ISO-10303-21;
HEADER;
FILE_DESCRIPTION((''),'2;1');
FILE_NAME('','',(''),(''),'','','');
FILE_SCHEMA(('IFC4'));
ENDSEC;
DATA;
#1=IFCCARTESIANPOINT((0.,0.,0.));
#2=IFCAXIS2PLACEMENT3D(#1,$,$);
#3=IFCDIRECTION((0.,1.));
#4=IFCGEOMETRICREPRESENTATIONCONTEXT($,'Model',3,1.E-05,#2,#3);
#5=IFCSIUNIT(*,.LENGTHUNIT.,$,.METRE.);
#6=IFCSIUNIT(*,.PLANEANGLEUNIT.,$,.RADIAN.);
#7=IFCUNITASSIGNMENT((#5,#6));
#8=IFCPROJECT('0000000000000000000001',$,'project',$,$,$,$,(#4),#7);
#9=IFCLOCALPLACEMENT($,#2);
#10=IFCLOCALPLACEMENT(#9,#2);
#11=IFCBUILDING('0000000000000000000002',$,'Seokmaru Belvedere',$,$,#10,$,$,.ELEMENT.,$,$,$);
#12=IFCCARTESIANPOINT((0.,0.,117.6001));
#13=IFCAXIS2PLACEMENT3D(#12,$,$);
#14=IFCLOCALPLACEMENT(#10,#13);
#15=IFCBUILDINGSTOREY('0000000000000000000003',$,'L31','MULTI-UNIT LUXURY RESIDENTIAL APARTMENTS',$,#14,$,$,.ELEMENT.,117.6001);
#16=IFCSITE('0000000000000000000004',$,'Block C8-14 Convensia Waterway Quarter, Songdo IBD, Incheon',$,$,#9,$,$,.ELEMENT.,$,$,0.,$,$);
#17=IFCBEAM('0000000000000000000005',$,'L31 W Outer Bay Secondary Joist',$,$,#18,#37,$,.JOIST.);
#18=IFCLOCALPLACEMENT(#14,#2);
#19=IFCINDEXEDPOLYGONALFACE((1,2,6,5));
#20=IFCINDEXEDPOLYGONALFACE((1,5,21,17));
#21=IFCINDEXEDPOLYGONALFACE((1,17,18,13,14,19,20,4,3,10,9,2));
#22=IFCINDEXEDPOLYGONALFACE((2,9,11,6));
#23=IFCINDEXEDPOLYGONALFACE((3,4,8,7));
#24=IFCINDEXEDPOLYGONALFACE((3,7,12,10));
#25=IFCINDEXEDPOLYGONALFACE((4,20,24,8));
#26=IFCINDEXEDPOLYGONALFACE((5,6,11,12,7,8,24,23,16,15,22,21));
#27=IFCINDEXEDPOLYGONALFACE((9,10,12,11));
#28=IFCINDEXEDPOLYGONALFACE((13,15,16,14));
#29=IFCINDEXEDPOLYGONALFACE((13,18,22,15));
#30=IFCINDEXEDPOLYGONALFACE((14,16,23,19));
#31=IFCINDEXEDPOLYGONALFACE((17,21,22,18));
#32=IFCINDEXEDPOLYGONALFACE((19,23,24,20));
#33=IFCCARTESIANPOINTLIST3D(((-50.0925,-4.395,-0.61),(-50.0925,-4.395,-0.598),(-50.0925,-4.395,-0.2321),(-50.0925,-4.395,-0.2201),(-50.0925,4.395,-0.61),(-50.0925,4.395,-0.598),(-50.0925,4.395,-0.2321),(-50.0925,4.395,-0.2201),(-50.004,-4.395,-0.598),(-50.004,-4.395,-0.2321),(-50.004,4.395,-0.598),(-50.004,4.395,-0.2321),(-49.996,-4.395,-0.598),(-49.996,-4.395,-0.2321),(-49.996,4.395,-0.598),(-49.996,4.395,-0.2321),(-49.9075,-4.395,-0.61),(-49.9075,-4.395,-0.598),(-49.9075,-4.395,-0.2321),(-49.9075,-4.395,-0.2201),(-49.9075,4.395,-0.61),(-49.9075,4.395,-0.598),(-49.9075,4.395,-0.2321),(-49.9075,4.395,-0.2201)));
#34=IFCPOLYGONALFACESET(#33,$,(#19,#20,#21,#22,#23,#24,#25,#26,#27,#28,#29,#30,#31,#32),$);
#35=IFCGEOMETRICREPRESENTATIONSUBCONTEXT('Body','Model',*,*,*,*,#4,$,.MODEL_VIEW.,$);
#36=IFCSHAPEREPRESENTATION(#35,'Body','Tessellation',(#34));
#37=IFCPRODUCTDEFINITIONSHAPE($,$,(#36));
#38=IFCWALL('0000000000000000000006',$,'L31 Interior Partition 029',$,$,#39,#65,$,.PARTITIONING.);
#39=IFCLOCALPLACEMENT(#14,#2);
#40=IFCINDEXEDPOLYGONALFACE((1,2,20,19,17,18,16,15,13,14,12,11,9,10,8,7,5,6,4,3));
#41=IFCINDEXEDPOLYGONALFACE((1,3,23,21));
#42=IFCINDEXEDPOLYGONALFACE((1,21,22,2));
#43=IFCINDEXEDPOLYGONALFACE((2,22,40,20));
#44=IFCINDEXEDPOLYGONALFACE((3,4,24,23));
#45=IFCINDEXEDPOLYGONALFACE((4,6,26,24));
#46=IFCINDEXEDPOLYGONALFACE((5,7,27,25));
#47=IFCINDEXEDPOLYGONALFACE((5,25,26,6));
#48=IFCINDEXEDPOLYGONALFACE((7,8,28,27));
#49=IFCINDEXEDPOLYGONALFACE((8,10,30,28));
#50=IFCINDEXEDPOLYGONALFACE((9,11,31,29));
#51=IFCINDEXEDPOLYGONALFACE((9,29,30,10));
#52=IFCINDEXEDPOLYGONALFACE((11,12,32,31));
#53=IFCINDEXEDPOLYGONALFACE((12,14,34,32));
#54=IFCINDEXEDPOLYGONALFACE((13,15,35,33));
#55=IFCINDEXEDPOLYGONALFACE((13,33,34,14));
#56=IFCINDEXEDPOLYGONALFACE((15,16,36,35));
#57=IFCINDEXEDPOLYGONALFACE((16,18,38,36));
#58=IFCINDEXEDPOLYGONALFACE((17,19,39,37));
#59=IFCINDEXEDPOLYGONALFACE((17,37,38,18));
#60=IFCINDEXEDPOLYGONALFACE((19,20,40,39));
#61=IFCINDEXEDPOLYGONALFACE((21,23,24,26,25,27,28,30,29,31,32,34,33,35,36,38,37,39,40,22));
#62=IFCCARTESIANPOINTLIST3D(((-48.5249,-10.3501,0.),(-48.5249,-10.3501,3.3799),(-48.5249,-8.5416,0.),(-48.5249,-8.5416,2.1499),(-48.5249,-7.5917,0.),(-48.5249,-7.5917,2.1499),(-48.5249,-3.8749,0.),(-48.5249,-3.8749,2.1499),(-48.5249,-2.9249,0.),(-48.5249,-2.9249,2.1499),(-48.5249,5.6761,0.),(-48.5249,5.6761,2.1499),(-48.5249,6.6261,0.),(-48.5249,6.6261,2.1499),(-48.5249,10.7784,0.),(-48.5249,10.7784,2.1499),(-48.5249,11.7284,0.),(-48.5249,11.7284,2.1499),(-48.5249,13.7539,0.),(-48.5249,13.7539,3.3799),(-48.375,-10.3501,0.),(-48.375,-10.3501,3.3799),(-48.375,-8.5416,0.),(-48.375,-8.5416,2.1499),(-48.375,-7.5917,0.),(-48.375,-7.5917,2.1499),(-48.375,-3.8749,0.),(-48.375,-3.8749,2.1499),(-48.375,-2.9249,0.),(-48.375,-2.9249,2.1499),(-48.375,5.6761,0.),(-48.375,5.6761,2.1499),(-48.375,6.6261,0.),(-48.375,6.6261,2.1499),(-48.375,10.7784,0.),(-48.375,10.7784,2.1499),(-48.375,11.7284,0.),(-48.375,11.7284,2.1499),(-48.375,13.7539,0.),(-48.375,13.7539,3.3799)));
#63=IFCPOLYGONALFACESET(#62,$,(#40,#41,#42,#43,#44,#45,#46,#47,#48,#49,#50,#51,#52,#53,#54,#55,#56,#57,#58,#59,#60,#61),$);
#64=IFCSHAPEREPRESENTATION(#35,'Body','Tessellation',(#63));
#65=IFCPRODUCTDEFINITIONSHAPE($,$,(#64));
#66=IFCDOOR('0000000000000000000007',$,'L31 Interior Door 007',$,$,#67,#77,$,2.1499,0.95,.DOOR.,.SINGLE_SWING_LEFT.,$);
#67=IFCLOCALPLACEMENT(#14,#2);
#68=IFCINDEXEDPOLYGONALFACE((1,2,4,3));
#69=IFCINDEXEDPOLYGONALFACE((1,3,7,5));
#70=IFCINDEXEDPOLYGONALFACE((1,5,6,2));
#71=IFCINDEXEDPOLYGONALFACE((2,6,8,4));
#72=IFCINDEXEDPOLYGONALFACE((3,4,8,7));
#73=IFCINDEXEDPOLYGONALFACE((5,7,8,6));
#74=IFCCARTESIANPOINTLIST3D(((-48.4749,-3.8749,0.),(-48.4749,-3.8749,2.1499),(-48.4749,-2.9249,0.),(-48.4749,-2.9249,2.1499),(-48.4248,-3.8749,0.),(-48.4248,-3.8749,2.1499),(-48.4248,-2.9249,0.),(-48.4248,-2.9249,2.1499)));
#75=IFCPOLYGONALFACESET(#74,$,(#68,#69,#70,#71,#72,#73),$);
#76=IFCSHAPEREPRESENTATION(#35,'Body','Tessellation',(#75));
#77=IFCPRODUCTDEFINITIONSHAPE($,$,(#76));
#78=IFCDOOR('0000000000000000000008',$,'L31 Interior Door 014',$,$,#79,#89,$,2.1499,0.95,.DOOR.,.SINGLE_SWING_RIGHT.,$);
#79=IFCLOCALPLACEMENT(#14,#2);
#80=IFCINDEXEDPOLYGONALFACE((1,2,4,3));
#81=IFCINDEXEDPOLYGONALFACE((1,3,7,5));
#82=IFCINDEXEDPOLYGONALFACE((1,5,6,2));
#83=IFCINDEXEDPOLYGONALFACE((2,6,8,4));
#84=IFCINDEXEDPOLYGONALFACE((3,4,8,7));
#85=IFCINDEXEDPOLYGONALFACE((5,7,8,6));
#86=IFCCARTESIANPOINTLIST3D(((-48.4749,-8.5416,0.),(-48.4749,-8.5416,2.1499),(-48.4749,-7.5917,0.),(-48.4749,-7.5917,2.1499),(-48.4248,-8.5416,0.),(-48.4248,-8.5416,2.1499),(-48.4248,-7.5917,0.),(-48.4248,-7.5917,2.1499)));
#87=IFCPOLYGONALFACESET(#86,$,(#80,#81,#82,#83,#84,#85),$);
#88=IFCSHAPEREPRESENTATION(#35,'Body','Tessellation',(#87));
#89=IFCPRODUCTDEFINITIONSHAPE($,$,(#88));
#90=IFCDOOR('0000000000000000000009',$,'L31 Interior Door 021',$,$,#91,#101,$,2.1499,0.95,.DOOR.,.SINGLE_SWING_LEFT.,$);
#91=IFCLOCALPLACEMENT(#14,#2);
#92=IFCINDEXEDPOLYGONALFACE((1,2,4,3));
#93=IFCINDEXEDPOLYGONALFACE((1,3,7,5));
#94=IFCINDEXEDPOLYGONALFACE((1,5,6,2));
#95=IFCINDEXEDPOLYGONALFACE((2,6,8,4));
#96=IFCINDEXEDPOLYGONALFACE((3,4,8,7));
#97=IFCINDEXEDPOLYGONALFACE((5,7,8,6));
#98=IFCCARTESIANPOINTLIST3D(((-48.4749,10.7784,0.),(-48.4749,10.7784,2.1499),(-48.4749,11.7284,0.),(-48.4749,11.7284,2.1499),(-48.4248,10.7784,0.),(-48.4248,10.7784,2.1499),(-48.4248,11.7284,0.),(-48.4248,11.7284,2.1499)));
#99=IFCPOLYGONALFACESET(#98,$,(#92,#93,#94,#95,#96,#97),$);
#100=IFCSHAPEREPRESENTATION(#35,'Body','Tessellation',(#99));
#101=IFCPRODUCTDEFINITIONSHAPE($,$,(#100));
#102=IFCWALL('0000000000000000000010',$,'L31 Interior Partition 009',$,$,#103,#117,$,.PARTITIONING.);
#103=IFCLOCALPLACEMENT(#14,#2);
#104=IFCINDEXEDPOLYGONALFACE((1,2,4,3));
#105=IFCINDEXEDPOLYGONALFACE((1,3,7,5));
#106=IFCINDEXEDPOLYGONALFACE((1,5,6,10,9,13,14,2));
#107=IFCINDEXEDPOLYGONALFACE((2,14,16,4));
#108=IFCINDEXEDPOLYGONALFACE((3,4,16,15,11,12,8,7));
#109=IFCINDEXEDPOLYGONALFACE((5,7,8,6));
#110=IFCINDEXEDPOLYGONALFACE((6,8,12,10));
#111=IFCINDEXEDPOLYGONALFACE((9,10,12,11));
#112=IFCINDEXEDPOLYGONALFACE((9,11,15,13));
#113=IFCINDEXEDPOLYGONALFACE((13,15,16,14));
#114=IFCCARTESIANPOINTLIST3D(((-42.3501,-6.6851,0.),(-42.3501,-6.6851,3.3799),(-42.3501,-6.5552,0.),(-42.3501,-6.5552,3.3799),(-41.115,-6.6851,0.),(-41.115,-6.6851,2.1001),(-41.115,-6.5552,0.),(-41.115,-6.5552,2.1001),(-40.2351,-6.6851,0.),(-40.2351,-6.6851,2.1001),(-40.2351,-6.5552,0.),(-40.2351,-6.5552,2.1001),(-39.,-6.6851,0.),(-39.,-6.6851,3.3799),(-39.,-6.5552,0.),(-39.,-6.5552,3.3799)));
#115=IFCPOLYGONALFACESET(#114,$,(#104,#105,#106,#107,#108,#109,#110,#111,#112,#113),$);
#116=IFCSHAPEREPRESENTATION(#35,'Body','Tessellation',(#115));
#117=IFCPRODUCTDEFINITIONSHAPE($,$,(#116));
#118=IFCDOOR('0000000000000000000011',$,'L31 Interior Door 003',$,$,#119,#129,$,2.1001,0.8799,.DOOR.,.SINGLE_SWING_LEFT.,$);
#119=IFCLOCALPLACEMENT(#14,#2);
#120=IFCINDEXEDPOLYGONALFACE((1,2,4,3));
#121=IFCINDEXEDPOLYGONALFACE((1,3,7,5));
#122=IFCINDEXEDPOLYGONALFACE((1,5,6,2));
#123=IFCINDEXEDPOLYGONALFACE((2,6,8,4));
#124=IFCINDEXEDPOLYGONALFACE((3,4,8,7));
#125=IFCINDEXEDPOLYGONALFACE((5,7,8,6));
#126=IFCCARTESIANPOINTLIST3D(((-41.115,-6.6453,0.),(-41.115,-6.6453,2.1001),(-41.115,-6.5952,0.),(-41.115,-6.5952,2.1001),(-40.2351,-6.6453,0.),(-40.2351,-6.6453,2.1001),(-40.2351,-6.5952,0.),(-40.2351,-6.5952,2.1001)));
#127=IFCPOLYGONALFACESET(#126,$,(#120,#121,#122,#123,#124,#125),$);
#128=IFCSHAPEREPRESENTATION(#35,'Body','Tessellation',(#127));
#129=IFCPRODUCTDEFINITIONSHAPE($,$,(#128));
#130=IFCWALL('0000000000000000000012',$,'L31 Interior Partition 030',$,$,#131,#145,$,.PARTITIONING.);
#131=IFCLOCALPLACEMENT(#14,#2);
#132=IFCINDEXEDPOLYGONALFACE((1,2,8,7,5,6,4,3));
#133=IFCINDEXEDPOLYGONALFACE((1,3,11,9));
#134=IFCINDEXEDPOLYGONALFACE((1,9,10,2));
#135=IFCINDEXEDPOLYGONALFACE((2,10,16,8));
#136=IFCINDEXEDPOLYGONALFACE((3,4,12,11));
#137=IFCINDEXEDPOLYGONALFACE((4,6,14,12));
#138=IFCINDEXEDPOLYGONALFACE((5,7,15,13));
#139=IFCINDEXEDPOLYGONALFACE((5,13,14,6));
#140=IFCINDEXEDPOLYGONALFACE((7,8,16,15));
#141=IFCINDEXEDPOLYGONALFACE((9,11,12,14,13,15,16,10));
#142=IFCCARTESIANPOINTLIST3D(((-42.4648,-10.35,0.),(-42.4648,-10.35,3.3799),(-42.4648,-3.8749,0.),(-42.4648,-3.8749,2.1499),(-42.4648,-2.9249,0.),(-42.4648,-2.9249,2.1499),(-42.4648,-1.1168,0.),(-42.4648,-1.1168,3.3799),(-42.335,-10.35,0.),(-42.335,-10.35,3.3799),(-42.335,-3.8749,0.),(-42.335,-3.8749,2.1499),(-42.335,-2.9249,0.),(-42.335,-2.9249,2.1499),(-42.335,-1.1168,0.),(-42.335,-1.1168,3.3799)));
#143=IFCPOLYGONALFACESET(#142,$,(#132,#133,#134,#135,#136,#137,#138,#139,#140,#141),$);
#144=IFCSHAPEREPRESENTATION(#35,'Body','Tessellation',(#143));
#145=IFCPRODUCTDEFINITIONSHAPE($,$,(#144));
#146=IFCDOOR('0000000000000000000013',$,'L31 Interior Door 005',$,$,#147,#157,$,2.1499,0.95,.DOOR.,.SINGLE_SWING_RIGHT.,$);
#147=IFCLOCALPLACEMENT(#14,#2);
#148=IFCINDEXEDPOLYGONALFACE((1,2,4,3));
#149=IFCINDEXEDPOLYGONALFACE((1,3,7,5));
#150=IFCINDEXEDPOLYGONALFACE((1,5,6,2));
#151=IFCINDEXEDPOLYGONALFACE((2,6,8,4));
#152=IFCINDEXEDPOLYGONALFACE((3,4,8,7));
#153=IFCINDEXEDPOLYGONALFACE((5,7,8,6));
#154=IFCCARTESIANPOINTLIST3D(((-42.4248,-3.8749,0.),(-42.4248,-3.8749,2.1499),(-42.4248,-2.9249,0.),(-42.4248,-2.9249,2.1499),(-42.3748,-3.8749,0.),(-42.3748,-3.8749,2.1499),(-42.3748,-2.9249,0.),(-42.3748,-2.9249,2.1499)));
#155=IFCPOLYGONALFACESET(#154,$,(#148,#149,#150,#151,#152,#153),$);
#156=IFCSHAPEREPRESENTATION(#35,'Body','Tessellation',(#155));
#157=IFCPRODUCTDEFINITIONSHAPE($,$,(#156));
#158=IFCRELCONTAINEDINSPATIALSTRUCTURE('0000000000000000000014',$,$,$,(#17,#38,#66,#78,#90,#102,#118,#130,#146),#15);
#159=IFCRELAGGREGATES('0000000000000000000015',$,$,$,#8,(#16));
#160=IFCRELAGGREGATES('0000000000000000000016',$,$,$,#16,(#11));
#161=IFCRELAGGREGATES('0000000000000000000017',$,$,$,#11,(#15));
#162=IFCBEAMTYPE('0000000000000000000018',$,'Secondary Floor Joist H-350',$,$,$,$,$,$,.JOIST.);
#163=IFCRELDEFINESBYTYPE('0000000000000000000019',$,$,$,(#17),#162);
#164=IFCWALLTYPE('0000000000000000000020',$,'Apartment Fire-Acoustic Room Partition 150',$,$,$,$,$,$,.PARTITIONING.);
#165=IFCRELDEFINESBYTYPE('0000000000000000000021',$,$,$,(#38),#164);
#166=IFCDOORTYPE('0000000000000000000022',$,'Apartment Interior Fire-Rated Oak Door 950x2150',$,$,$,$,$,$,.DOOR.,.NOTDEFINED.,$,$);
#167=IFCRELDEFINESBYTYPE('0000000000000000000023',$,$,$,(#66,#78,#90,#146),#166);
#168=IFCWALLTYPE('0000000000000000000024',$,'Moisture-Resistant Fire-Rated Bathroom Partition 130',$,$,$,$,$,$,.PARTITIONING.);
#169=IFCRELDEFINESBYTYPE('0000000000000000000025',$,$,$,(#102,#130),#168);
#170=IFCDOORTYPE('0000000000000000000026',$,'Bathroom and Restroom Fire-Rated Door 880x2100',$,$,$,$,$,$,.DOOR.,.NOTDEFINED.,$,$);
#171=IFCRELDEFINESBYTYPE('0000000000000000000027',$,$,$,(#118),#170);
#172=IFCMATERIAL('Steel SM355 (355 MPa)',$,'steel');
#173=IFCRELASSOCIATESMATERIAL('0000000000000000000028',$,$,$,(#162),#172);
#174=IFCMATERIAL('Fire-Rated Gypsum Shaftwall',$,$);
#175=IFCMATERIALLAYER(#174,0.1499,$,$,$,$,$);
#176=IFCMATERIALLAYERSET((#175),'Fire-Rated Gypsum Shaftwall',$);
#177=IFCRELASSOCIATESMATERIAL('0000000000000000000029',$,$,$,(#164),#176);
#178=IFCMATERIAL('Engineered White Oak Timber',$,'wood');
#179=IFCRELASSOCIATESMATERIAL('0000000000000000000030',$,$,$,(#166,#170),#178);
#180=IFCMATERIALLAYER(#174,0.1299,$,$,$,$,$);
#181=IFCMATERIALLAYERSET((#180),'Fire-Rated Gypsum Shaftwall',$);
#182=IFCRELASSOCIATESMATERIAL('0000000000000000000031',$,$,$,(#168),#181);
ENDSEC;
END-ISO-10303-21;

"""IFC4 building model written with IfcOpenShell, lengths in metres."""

from ifc_helpers import new_model, si_unit, direction, frame, frame_2d, origin, origin_2d, place, context, subcontext, project, spatial, rectangle, i_section, extrude, source, transform, mapped, material, layer, layer_set, material_profile, profile_set, type_object, type_shapes, element, fill, save


model = new_model("IFC4")

# Units and contexts
model_context = context("Model", 3, precision=1e-05, world=origin(), true_north=direction((0.0, 1.0)))
body_context = subcontext(model_context, "Body", "Model", "MODEL_VIEW")
ifc_project = project(units=[si_unit("LENGTHUNIT", "METRE"), si_unit("PLANEANGLEUNIT", "RADIAN")], contexts=[model_context])

# Site, building, storey
site_placement = place(None, origin())
site = spatial("IfcSite", under=ifc_project, at=site_placement, Name="Block C8-14 Convensia Waterway Quarter, Songdo IBD, Incheon", CompositionType="ELEMENT", RefElevation=0.0)
building_placement = place(site_placement, origin())
building = spatial("IfcBuilding", under=site, at=building_placement, Name="Seokmaru Belvedere", CompositionType="ELEMENT")
storey_placement = place(building_placement, frame((0.0, 0.0, 117.6001)))
storey = spatial("IfcBuildingStorey", under=building, at=storey_placement, Name="L31", Description="MULTI-UNIT LUXURY RESIDENTIAL APARTMENTS", CompositionType="ELEMENT", Elevation=117.6001)

# Shared definitions
ifc_material_1 = material(Name="Steel SM355 (355 MPa)", Category="steel")

# Beam
ifc_material_profile_1 = material_profile(ifc_material_1, i_section(OverallWidth=0.1851, OverallDepth=0.3899, WebThickness=0.0081, FlangeThickness=0.012, at=origin_2d()), Name="H-390x185x8x12")
ifc_profile_set_1 = profile_set([ifc_material_profile_1], Name="Steel SM355 (355 MPa)")
beam_type_1 = type_object("IfcBeamType", Name="Secondary Floor Joist H-350", PredefinedType="JOIST", material=ifc_profile_set_1)
shared_shape_1 = source(origin(), body_context, "Body", "SweptSolid", [
    extrude(i_section(OverallWidth=0.1851, OverallDepth=0.3899, WebThickness=0.0081, FlangeThickness=0.012, at=origin_2d()), origin(), (0.0, 0.0, 1.0), 8.79),
])
type_shapes(beam_type_1, [shared_shape_1])
for number, where, z_axis, x_axis, name in (
    (1, (-50.0, -4.395, -0.415), (0.0, 1.0, 0.0), (-1.0, 0.0, 0.0), "L31 W Outer Bay Secondary Joist"),
):
    element("IfcBeam", number, at=place(storey_placement, frame(where, z_axis=z_axis, x_axis=x_axis)), inside=storey, type_object=beam_type_1, Name=name, PredefinedType="JOIST", context=body_context, shape_type="MappedRepresentation", body=[
        mapped(shared_shape_1, transform((0.0, 0.0, 0.0), scale=1.0)),
    ])

# Wall, openings, doors
ifc_material_2 = material(Name="Fire-Rated Gypsum Shaftwall")
ifc_layer_1 = layer(ifc_material_2, 0.1499)
ifc_layer_set_1 = layer_set([ifc_layer_1], Name="Fire-Rated Gypsum Shaftwall")
wall_type_1 = type_object("IfcWallType", Name="Apartment Fire-Acoustic Room Partition 150", PredefinedType="PARTITIONING", material=ifc_layer_set_1)
wall_1_placement = place(storey_placement, frame((-48.45, -10.3501, 0.0), z_axis=(0.0, 0.0, 1.0), x_axis=(0.0, 1.0, 0.0)))
wall_1 = element("IfcWall", 2, at=wall_1_placement, inside=storey, type_object=wall_type_1, Name="L31 Interior Partition 029", PredefinedType="PARTITIONING", context=body_context, shape_type="SweptSolid", body=[
    extrude(rectangle(XDim=24.104, YDim=0.1499, at=frame_2d((12.052, 0.0))), origin(), (0.0, 0.0, 1.0), 3.3799),
])
opening_1_placement = place(wall_1_placement, frame((6.4751, 0.0, 0.0)))
opening_1 = element("IfcOpeningElement", 3, at=opening_1_placement, cuts=wall_1, PredefinedType="OPENING", context=body_context, shape_type="SweptSolid", body=[
    extrude(rectangle(XDim=0.95, YDim=2.1499, at=frame_2d((0.4751, 1.075))), frame((0.0, 0.085, 0.0), z_axis=(0.0, -1.0, 0.0), x_axis=(1.0, 0.0, 0.0)), (0.0, 0.0, 1.0), 0.1699),
])
opening_2_placement = place(wall_1_placement, frame((1.8083, 0.0, 0.0)))
opening_2 = element("IfcOpeningElement", 4, at=opening_2_placement, cuts=wall_1, PredefinedType="OPENING", context=body_context, shape_type="SweptSolid", body=[
    extrude(rectangle(XDim=0.95, YDim=2.1499, at=frame_2d((0.4751, 1.075))), frame((0.0, 0.085, 0.0), z_axis=(0.0, -1.0, 0.0), x_axis=(1.0, 0.0, 0.0)), (0.0, 0.0, 1.0), 0.1699),
])
opening_3_placement = place(wall_1_placement, frame((21.1284, 0.0, 0.0)))
opening_3 = element("IfcOpeningElement", 5, at=opening_3_placement, cuts=wall_1, PredefinedType="OPENING", context=body_context, shape_type="SweptSolid", body=[
    extrude(rectangle(XDim=0.95, YDim=2.1499, at=frame_2d((0.4751, 1.075))), frame((0.0, 0.085, 0.0), z_axis=(0.0, -1.0, 0.0), x_axis=(1.0, 0.0, 0.0)), (0.0, 0.0, 1.0), 0.1699),
])
opening_4_placement = place(wall_1_placement, frame((16.0261, 0.0, 0.0)))
element("IfcOpeningElement", 6, at=opening_4_placement, cuts=wall_1, PredefinedType="OPENING", context=body_context, shape_type="SweptSolid", body=[
    extrude(rectangle(XDim=0.95, YDim=2.1499, at=frame_2d((0.4751, 1.075))), frame((0.0, 0.085, 0.0), z_axis=(0.0, -1.0, 0.0), x_axis=(1.0, 0.0, 0.0)), (0.0, 0.0, 1.0), 0.1699),
])
ifc_material_3 = material(Name="Engineered White Oak Timber", Category="wood")
door_type_1 = type_object("IfcDoorType", Name="Apartment Interior Fire-Rated Oak Door 950x2150", OperationType="NOTDEFINED", PredefinedType="DOOR", material=ifc_material_3)
shared_shape_2 = source(origin(), body_context, "Body", "SweptSolid", [
    extrude(rectangle(XDim=0.95, YDim=2.1499, at=frame_2d((0.4751, 1.075))), frame((0.0, 0.0249, 0.0), z_axis=(0.0, -1.0, 0.0), x_axis=(1.0, 0.0, 0.0)), (0.0, 0.0, 1.0), 0.05),
])
type_shapes(door_type_1, [shared_shape_2])
door_1_placement = place(opening_1_placement, origin())
door_1 = element("IfcDoor", 7, at=door_1_placement, inside=storey, type_object=door_type_1, Name="L31 Interior Door 007", OperationType="SINGLE_SWING_LEFT", OverallHeight=2.1499, OverallWidth=0.95, PredefinedType="DOOR", context=body_context, shape_type="MappedRepresentation", body=[
    mapped(shared_shape_2, transform((0.0, 0.0, 0.0), scale=1.0)),
])
fill(opening_1, door_1)
door_2_placement = place(opening_2_placement, origin())
door_2 = element("IfcDoor", 8, at=door_2_placement, inside=storey, type_object=door_type_1, Name="L31 Interior Door 014", OperationType="SINGLE_SWING_RIGHT", OverallHeight=2.1499, OverallWidth=0.95, PredefinedType="DOOR", context=body_context, shape_type="MappedRepresentation", body=[
    mapped(shared_shape_2, transform((0.0, 0.0, 0.0), scale=1.0)),
])
fill(opening_2, door_2)
door_3_placement = place(opening_3_placement, origin())
door_3 = element("IfcDoor", 9, at=door_3_placement, inside=storey, type_object=door_type_1, Name="L31 Interior Door 021", OperationType="SINGLE_SWING_LEFT", OverallHeight=2.1499, OverallWidth=0.95, PredefinedType="DOOR", context=body_context, shape_type="MappedRepresentation", body=[
    mapped(shared_shape_2, transform((0.0, 0.0, 0.0), scale=1.0)),
])
fill(opening_3, door_3)

# Walls, openings, doors
ifc_layer_2 = layer(ifc_material_2, 0.1299)
ifc_layer_set_2 = layer_set([ifc_layer_2], Name="Fire-Rated Gypsum Shaftwall")
wall_type_2 = type_object("IfcWallType", Name="Moisture-Resistant Fire-Rated Bathroom Partition 130", PredefinedType="PARTITIONING", material=ifc_layer_set_2)
wall_2_placement = place(storey_placement, frame((-42.3501, -6.6201, 0.0), z_axis=(0.0, 0.0, 1.0), x_axis=(1.0, 0.0, 0.0)))
wall_2 = element("IfcWall", 10, at=wall_2_placement, inside=storey, type_object=wall_type_2, Name="L31 Interior Partition 009", PredefinedType="PARTITIONING", context=body_context, shape_type="SweptSolid", body=[
    extrude(rectangle(XDim=3.3501, YDim=0.1299, at=frame_2d((1.675, 0.0))), origin(), (0.0, 0.0, 1.0), 3.3799),
])
opening_5_placement = place(wall_2_placement, frame((1.2351, 0.0, 0.0)))
opening_5 = element("IfcOpeningElement", 11, at=opening_5_placement, cuts=wall_2, PredefinedType="OPENING", context=body_context, shape_type="SweptSolid", body=[
    extrude(rectangle(XDim=0.8799, YDim=2.1001, at=frame_2d((0.4399, 1.05))), frame((0.0, 0.075, 0.0), z_axis=(0.0, -1.0, 0.0), x_axis=(1.0, 0.0, 0.0)), (0.0, 0.0, 1.0), 0.1499),
])
door_type_2 = type_object("IfcDoorType", Name="Bathroom and Restroom Fire-Rated Door 880x2100", OperationType="NOTDEFINED", PredefinedType="DOOR", material=ifc_material_3)
shared_shape_3 = source(origin(), body_context, "Body", "SweptSolid", [
    extrude(rectangle(XDim=0.8799, YDim=2.1001, at=frame_2d((0.4399, 1.05))), frame((0.0, 0.0249, 0.0), z_axis=(0.0, -1.0, 0.0), x_axis=(1.0, 0.0, 0.0)), (0.0, 0.0, 1.0), 0.05),
])
type_shapes(door_type_2, [shared_shape_3])
door_4_placement = place(opening_5_placement, origin())
door_4 = element("IfcDoor", 12, at=door_4_placement, inside=storey, type_object=door_type_2, Name="L31 Interior Door 003", OperationType="SINGLE_SWING_LEFT", OverallHeight=2.1001, OverallWidth=0.8799, PredefinedType="DOOR", context=body_context, shape_type="MappedRepresentation", body=[
    mapped(shared_shape_3, transform((0.0, 0.0, 0.0), scale=1.0)),
])
fill(opening_5, door_4)
wall_3_placement = place(storey_placement, frame((-42.3999, -10.3501, 0.0), z_axis=(0.0, 0.0, 1.0), x_axis=(0.0, 1.0, 0.0)))
wall_3 = element("IfcWall", 13, at=wall_3_placement, inside=storey, type_object=wall_type_2, Name="L31 Interior Partition 030", PredefinedType="PARTITIONING", context=body_context, shape_type="SweptSolid", body=[
    extrude(rectangle(XDim=9.2332, YDim=0.1299, at=frame_2d((4.6167, 0.0))), origin(), (0.0, 0.0, 1.0), 3.3799),
])
opening_6_placement = place(wall_3_placement, frame((6.4751, 0.0, 0.0)))
opening_6 = element("IfcOpeningElement", 14, at=opening_6_placement, cuts=wall_3, PredefinedType="OPENING", context=body_context, shape_type="SweptSolid", body=[
    extrude(rectangle(XDim=0.95, YDim=2.1499, at=frame_2d((0.4751, 1.075))), frame((0.0, 0.075, 0.0), z_axis=(0.0, -1.0, 0.0), x_axis=(1.0, 0.0, 0.0)), (0.0, 0.0, 1.0), 0.1499),
])
door_5_placement = place(opening_6_placement, origin())
door_5 = element("IfcDoor", 15, at=door_5_placement, inside=storey, type_object=door_type_1, Name="L31 Interior Door 005", OperationType="SINGLE_SWING_RIGHT", OverallHeight=2.1499, OverallWidth=0.95, PredefinedType="DOOR", context=body_context, shape_type="MappedRepresentation", body=[
    mapped(shared_shape_2, transform((0.0, 0.0, 0.0), scale=1.0)),
])
fill(opening_6, door_5)

save(model, "model.ifc")
